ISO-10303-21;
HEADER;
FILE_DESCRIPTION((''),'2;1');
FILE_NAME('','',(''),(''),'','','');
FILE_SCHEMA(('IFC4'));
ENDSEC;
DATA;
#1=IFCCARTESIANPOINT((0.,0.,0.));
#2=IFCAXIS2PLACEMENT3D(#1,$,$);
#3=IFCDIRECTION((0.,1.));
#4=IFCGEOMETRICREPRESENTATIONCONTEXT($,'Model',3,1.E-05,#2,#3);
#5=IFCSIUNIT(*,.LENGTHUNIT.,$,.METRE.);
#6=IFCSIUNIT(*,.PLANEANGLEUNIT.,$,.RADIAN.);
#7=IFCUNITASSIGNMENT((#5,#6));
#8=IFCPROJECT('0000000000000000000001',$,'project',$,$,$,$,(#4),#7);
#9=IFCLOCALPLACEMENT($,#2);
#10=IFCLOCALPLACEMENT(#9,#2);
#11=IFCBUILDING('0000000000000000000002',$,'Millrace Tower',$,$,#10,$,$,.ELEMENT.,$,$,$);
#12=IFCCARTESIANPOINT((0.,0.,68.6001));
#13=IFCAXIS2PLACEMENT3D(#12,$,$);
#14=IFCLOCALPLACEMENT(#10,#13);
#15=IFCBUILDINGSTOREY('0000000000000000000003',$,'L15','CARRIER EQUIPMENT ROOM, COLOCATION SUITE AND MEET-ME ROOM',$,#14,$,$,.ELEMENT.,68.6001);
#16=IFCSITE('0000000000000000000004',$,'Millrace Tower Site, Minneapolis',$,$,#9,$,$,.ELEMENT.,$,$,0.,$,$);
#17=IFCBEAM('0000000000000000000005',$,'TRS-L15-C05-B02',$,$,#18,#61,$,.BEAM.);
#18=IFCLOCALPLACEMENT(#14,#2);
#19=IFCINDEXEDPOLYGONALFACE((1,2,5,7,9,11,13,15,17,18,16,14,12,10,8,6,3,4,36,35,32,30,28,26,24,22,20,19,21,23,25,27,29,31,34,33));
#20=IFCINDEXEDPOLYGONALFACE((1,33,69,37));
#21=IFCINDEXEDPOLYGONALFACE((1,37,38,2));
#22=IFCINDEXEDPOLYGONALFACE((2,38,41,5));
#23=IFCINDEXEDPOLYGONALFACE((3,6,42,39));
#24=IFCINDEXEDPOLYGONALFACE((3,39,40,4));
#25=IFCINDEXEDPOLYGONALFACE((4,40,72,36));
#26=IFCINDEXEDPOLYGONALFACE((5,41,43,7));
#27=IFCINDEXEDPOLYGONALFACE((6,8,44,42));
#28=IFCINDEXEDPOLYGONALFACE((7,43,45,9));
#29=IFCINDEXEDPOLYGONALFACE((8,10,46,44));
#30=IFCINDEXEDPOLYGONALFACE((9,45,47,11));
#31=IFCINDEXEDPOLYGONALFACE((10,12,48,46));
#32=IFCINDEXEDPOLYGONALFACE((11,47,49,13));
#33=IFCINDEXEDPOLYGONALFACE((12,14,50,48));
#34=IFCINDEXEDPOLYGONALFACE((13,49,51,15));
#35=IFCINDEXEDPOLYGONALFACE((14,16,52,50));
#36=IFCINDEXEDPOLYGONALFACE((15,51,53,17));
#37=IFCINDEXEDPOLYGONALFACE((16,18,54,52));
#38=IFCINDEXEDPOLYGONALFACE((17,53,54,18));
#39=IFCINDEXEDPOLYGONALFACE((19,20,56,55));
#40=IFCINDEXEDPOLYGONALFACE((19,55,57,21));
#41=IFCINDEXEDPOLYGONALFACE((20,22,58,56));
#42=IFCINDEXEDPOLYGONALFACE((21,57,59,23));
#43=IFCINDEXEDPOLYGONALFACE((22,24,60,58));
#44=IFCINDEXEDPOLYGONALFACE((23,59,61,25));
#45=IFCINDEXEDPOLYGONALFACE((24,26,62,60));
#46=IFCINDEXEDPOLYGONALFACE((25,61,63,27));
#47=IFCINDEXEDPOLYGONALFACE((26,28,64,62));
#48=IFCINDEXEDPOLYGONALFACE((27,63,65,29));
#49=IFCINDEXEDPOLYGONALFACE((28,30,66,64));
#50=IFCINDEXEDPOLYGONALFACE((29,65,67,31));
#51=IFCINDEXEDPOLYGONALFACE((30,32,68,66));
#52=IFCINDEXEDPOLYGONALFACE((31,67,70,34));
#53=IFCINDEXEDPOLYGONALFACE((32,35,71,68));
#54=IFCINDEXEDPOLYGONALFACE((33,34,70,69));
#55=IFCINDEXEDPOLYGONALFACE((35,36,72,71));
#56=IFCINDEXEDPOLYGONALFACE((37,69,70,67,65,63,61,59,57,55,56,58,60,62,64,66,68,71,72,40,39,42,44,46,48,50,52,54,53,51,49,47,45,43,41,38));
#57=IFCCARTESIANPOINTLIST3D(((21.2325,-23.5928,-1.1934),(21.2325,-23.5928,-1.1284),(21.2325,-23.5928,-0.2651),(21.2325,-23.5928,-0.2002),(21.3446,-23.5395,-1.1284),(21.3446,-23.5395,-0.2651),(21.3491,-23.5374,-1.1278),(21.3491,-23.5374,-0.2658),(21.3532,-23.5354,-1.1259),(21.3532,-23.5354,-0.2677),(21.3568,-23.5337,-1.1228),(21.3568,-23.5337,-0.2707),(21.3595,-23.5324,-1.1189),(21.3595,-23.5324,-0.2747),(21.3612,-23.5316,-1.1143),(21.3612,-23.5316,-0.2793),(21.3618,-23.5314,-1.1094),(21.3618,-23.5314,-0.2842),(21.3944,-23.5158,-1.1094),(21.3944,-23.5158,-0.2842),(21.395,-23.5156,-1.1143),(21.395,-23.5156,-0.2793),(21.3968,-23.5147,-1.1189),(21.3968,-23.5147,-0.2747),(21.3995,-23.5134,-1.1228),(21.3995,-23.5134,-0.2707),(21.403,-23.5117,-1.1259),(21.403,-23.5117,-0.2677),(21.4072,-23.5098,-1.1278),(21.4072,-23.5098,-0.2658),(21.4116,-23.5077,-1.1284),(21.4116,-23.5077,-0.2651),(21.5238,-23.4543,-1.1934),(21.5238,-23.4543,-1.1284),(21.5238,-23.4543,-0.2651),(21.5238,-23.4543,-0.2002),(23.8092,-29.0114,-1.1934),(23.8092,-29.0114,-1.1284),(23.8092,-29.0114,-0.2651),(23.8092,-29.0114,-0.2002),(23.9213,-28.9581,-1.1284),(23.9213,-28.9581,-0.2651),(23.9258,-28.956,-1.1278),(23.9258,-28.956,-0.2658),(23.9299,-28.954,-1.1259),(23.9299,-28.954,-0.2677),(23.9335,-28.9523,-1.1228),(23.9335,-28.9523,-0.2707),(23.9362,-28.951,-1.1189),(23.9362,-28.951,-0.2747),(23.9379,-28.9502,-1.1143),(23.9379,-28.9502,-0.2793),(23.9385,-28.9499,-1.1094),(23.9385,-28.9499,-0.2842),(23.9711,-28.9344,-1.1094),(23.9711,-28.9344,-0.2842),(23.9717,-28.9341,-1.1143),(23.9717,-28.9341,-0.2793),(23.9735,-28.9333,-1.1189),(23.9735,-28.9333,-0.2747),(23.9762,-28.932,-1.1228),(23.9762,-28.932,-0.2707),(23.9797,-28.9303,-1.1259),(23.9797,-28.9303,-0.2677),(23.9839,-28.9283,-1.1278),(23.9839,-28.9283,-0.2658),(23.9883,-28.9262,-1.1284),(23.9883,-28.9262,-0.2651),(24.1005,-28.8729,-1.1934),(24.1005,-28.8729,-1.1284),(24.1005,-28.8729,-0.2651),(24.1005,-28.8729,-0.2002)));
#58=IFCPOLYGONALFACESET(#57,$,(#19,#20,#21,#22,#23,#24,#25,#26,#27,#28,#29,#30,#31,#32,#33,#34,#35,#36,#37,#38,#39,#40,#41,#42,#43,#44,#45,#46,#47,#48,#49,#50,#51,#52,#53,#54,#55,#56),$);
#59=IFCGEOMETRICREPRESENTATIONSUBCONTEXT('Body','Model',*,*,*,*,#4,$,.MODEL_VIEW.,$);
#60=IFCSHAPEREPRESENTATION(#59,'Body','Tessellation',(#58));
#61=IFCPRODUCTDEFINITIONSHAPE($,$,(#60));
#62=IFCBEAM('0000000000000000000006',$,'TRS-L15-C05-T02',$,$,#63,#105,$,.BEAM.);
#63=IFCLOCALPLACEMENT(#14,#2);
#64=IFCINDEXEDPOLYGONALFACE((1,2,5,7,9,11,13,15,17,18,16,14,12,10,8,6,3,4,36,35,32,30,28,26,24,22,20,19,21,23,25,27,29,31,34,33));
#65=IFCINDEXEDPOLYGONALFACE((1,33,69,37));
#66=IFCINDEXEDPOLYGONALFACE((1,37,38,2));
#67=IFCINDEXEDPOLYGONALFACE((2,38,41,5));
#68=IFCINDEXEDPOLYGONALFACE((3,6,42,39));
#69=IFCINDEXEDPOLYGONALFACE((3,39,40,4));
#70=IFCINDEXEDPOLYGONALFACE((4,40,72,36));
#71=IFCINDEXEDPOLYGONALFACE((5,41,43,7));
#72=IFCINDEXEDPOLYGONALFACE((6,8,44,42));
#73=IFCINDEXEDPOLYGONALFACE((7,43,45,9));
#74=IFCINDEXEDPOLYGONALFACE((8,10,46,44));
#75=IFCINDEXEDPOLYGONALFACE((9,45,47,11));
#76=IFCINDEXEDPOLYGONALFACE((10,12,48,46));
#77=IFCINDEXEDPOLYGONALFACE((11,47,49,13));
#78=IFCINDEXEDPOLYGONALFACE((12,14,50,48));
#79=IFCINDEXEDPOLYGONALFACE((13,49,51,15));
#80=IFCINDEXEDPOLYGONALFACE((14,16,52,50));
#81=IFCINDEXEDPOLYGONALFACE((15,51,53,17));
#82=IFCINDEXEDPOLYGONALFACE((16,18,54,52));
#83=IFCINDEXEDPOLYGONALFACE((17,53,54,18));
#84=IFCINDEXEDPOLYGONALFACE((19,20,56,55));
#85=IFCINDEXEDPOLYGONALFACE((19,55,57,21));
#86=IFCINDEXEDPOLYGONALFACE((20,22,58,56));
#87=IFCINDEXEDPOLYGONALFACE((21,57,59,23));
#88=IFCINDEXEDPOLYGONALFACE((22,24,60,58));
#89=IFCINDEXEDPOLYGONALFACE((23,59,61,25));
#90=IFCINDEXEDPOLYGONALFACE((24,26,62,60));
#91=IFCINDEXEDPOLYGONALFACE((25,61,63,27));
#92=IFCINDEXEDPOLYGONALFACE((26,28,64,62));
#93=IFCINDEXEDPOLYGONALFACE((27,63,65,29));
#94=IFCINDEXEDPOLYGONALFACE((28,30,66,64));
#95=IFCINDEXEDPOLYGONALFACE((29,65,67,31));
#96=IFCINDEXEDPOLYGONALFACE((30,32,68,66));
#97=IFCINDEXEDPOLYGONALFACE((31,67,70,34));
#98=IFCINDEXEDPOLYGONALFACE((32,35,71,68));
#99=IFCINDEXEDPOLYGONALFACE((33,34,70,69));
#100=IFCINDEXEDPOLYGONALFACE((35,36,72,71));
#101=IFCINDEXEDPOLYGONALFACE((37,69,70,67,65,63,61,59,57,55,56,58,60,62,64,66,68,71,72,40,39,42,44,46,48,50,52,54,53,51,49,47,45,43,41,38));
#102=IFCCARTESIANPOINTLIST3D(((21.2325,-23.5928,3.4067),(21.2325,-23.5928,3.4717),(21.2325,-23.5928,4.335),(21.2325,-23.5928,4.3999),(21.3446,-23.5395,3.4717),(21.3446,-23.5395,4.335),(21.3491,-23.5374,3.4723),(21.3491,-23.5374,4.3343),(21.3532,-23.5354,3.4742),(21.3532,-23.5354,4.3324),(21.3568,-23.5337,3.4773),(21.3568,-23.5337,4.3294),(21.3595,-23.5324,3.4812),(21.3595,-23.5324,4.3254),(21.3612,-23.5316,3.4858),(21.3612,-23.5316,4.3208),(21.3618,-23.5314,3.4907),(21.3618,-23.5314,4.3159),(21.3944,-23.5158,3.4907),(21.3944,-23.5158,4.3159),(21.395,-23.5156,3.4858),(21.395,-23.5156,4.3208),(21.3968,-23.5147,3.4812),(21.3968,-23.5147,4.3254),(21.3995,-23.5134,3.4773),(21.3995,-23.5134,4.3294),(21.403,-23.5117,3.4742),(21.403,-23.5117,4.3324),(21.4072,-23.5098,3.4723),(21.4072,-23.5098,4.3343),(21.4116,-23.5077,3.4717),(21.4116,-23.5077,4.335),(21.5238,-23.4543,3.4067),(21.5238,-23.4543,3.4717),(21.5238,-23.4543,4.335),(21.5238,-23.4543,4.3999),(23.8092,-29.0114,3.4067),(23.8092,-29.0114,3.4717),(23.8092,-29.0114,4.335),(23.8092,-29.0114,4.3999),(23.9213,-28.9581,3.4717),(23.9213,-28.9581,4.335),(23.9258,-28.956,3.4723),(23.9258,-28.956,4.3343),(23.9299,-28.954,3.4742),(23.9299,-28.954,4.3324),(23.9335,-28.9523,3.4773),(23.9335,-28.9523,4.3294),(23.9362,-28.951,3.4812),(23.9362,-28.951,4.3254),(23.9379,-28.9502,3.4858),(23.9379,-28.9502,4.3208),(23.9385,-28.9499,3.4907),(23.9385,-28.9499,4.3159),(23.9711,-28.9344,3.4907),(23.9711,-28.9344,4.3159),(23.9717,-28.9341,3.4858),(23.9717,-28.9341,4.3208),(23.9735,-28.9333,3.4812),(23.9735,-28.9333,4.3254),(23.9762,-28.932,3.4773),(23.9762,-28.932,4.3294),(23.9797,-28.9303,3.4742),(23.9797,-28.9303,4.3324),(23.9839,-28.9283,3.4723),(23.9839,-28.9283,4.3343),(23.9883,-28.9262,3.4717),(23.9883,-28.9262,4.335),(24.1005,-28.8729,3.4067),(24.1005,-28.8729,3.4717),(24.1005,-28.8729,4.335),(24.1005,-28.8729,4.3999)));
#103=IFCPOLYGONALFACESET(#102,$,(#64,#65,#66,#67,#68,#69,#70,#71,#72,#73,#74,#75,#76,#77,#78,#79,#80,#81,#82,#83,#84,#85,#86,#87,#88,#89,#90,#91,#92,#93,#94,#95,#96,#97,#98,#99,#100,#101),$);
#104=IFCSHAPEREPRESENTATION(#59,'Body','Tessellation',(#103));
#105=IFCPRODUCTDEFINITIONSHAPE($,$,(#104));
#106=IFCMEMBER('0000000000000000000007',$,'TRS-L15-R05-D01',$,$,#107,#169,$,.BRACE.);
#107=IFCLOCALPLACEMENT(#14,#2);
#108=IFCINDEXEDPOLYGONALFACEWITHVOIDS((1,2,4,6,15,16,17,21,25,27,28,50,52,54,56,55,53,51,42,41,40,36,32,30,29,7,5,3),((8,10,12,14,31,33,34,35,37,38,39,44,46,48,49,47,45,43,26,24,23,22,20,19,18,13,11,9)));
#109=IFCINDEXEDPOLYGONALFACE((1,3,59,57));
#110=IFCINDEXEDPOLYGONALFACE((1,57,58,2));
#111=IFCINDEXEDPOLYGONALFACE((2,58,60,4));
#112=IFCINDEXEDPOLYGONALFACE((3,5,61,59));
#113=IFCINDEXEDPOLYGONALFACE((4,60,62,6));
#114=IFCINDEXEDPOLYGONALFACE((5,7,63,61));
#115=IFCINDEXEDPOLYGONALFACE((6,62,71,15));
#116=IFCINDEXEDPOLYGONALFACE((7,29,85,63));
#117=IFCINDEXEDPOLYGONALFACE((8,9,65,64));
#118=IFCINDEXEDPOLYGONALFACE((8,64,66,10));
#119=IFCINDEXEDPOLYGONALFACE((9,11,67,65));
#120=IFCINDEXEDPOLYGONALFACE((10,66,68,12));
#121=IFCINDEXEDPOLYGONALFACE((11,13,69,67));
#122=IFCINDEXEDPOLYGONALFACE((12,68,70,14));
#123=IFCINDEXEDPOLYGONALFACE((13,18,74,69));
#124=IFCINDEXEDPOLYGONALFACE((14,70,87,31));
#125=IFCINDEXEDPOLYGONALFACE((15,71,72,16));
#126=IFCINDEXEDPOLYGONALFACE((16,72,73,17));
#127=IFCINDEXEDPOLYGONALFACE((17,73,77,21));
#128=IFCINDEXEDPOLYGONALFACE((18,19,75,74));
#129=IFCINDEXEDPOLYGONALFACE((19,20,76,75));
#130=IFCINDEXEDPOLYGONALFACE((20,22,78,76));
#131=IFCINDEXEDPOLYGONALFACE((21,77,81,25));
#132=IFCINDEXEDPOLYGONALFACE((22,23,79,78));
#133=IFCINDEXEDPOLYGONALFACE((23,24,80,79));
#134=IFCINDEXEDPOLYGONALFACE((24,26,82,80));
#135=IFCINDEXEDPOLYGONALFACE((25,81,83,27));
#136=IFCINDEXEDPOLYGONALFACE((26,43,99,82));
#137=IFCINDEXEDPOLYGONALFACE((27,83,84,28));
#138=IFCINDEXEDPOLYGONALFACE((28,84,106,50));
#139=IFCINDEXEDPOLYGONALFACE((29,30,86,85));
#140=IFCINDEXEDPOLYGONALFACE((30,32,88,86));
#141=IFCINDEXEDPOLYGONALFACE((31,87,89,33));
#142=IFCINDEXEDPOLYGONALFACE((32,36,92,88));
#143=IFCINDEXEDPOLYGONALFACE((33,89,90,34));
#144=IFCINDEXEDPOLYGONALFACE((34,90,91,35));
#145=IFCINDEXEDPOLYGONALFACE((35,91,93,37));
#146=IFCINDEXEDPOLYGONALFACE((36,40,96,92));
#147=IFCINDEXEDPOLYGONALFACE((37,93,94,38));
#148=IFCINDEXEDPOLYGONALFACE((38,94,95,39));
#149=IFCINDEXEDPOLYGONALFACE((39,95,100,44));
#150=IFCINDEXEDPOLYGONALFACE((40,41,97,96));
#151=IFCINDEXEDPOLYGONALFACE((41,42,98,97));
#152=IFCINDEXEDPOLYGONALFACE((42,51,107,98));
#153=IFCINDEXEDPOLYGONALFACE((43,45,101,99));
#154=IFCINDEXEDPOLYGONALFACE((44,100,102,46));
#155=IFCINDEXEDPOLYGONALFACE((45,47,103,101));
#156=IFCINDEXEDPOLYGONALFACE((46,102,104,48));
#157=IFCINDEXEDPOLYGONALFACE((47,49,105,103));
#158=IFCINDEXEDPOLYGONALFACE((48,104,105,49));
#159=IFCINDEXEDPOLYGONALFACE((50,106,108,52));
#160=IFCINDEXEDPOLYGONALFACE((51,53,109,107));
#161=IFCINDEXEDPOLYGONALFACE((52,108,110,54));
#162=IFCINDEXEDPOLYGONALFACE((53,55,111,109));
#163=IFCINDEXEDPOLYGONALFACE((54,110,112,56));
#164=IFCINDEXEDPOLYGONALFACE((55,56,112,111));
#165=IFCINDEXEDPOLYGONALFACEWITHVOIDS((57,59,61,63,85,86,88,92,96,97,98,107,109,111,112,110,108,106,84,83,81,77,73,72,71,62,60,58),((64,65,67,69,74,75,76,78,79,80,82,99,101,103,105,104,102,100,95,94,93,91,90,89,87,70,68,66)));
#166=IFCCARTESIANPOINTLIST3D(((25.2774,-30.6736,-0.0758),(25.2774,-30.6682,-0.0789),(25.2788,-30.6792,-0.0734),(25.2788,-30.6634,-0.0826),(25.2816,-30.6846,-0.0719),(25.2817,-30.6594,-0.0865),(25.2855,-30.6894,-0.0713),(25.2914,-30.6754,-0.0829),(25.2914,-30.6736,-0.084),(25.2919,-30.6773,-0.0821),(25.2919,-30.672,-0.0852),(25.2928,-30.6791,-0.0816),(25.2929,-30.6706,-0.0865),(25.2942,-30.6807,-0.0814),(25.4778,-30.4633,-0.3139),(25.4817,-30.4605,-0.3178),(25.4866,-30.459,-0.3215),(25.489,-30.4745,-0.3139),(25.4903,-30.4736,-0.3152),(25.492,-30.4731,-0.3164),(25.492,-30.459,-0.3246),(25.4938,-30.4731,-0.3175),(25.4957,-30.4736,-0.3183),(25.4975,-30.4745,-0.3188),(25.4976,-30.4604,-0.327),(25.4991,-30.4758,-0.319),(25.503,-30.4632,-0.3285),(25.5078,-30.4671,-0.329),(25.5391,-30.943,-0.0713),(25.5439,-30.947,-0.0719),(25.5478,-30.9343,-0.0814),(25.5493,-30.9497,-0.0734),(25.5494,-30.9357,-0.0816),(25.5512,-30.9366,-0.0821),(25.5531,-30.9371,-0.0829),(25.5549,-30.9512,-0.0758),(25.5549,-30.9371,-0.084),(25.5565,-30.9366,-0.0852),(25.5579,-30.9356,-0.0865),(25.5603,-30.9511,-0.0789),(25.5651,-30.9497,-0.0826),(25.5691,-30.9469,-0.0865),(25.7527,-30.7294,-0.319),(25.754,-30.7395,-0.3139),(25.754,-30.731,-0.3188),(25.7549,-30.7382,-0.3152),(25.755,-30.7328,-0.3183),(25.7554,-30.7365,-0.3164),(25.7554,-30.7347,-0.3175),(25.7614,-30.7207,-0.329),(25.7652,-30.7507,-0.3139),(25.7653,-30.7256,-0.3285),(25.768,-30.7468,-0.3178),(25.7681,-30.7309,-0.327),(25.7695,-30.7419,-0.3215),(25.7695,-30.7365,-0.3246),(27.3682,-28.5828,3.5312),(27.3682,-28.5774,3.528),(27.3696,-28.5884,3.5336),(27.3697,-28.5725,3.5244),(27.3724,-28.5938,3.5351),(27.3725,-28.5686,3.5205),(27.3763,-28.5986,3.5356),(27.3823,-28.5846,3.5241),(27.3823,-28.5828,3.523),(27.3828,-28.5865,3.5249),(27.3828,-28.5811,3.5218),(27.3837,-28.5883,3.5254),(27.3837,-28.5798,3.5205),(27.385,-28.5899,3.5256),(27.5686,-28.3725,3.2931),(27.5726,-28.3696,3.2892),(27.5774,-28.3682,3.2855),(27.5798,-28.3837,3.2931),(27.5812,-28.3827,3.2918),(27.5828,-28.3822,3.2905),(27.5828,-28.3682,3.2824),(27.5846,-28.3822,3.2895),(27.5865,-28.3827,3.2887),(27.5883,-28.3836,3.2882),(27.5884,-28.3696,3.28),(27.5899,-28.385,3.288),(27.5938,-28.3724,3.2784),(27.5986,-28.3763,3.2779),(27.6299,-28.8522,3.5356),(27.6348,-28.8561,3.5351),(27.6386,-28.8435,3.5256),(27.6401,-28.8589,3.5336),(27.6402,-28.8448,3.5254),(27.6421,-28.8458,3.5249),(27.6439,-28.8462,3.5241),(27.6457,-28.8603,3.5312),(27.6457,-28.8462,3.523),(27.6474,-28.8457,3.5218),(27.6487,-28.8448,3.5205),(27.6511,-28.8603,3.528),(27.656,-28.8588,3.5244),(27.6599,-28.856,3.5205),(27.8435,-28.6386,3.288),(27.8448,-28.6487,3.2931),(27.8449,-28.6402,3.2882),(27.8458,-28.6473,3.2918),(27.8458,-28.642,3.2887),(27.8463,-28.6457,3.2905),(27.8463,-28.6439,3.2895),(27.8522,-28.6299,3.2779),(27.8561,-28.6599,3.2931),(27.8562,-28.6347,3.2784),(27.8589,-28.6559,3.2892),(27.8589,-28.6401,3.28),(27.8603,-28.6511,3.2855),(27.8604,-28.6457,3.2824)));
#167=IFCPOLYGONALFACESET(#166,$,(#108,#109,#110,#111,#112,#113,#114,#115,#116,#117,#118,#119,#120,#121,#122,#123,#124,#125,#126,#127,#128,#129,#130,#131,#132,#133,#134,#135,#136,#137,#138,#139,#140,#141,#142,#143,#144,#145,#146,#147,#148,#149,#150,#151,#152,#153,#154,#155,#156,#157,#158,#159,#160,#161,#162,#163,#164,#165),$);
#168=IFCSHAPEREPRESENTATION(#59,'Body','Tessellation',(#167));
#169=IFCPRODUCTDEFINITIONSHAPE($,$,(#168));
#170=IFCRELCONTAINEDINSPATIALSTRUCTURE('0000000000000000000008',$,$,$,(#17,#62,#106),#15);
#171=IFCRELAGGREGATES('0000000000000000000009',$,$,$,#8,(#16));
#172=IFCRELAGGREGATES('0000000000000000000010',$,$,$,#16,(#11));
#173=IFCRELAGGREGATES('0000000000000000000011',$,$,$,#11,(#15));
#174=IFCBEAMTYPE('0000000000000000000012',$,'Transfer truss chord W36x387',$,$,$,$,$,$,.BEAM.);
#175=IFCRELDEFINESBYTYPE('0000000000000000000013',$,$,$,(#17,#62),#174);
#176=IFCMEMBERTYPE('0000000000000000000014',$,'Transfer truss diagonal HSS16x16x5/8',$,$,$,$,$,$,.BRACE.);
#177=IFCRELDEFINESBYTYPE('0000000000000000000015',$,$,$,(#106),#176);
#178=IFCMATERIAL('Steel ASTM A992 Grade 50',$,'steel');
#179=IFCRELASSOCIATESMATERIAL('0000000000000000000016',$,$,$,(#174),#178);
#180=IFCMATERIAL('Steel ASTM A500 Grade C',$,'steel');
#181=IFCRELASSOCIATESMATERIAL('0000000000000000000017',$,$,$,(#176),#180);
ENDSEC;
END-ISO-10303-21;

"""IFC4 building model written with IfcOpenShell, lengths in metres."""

from ifc_helpers import new_model, si_unit, direction, frame, origin, origin_2d, place, context, subcontext, project, spatial, hollow_rectangle, i_section, extrude, material, material_profile, profile_set, type_object, element, save


model = new_model("IFC4")

# Units and contexts
model_context = context("Model", 3, precision=1e-05, world=origin(), true_north=direction((0.0, 1.0)))
body_context = subcontext(model_context, "Body", "Model", "MODEL_VIEW")
ifc_project = project(units=[si_unit("LENGTHUNIT", "METRE"), si_unit("PLANEANGLEUNIT", "RADIAN")], contexts=[model_context])

# Site, building, storey
site_placement = place(None, origin())
site = spatial("IfcSite", under=ifc_project, at=site_placement, Name="Millrace Tower Site, Minneapolis", CompositionType="ELEMENT", RefElevation=0.0)
building_placement = place(site_placement, origin())
building = spatial("IfcBuilding", under=site, at=building_placement, Name="Millrace Tower", CompositionType="ELEMENT")
storey_placement = place(building_placement, frame((0.0, 0.0, 68.6001)))
storey = spatial("IfcBuildingStorey", under=building, at=storey_placement, Name="L15", Description="CARRIER EQUIPMENT ROOM, COLOCATION SUITE AND MEET-ME ROOM", CompositionType="ELEMENT", Elevation=68.6001)

# Beams
ifc_material_1 = material(Name="Steel ASTM A992 Grade 50", Category="steel")
ifc_material_profile_1 = material_profile(ifc_material_1, i_section(OverallWidth=0.3225, OverallDepth=0.9932, WebThickness=0.0361, FlangeThickness=0.0649, FilletRadius=0.019, at=origin_2d()))
ifc_profile_set_1 = profile_set([ifc_material_profile_1], Name="Steel ASTM A992 Grade 50")
beam_type_1 = type_object("IfcBeamType", Name="Transfer truss chord W36x387", PredefinedType="BEAM", material=ifc_profile_set_1)
for number, where, z_axis, x_axis, name in (
    (1, (23.9548, -28.9421, -0.6968), (-0.42945, 0.903091, 0.0), (-0.903091, -0.42945, 0.0), "TRS-L15-C05-B02"),
    (2, (23.9548, -28.9421, 3.9033), (-0.42945, 0.903091, 0.0), (-0.903091, -0.42945, 0.0), "TRS-L15-C05-T02"),
):
    element("IfcBeam", number, at=place(storey_placement, frame(where, z_axis=z_axis, x_axis=x_axis)), inside=storey, type_object=beam_type_1, Name=name, PredefinedType="BEAM", context=body_context, shape_type="SweptSolid", body=[
        extrude(i_section(OverallWidth=0.3225, OverallDepth=0.9932, WebThickness=0.0361, FlangeThickness=0.0649, FilletRadius=0.019, at=origin_2d()), origin(), (0.0, 0.0, 1.0), 6.0),
    ])

# Member
ifc_material_2 = material(Name="Steel ASTM A500 Grade C", Category="steel")
ifc_material_profile_2 = material_profile(ifc_material_2, hollow_rectangle(XDim=0.4065, YDim=0.4065, WallThickness=0.0159, InnerFilletRadius=0.0081, OuterFilletRadius=0.0239, at=origin_2d()))
ifc_profile_set_2 = profile_set([ifc_material_profile_2], Name="Steel ASTM A500 Grade C")
member_type_1 = type_object("IfcMemberType", Name="Transfer truss diagonal HSS16x16x5/8", PredefinedType="BRACE", material=ifc_profile_set_2)
member_1_placement = place(storey_placement, frame((25.5234, -30.7051, -0.2002), z_axis=(0.448288, 0.448288, 0.773354), x_axis=(-0.707107, 0.707107, 0.0)))
element("IfcMember", 3, at=member_1_placement, inside=storey, type_object=member_type_1, Name="TRS-L15-R05-D01", PredefinedType="BRACE", context=body_context, shape_type="SweptSolid", body=[
    extrude(hollow_rectangle(XDim=0.4065, YDim=0.4065, WallThickness=0.0159, InnerFilletRadius=0.0081, OuterFilletRadius=0.0239, at=origin_2d()), origin(), (0.0, 0.0, 1.0), 4.6641),
])

save(model, "model.ifc")
